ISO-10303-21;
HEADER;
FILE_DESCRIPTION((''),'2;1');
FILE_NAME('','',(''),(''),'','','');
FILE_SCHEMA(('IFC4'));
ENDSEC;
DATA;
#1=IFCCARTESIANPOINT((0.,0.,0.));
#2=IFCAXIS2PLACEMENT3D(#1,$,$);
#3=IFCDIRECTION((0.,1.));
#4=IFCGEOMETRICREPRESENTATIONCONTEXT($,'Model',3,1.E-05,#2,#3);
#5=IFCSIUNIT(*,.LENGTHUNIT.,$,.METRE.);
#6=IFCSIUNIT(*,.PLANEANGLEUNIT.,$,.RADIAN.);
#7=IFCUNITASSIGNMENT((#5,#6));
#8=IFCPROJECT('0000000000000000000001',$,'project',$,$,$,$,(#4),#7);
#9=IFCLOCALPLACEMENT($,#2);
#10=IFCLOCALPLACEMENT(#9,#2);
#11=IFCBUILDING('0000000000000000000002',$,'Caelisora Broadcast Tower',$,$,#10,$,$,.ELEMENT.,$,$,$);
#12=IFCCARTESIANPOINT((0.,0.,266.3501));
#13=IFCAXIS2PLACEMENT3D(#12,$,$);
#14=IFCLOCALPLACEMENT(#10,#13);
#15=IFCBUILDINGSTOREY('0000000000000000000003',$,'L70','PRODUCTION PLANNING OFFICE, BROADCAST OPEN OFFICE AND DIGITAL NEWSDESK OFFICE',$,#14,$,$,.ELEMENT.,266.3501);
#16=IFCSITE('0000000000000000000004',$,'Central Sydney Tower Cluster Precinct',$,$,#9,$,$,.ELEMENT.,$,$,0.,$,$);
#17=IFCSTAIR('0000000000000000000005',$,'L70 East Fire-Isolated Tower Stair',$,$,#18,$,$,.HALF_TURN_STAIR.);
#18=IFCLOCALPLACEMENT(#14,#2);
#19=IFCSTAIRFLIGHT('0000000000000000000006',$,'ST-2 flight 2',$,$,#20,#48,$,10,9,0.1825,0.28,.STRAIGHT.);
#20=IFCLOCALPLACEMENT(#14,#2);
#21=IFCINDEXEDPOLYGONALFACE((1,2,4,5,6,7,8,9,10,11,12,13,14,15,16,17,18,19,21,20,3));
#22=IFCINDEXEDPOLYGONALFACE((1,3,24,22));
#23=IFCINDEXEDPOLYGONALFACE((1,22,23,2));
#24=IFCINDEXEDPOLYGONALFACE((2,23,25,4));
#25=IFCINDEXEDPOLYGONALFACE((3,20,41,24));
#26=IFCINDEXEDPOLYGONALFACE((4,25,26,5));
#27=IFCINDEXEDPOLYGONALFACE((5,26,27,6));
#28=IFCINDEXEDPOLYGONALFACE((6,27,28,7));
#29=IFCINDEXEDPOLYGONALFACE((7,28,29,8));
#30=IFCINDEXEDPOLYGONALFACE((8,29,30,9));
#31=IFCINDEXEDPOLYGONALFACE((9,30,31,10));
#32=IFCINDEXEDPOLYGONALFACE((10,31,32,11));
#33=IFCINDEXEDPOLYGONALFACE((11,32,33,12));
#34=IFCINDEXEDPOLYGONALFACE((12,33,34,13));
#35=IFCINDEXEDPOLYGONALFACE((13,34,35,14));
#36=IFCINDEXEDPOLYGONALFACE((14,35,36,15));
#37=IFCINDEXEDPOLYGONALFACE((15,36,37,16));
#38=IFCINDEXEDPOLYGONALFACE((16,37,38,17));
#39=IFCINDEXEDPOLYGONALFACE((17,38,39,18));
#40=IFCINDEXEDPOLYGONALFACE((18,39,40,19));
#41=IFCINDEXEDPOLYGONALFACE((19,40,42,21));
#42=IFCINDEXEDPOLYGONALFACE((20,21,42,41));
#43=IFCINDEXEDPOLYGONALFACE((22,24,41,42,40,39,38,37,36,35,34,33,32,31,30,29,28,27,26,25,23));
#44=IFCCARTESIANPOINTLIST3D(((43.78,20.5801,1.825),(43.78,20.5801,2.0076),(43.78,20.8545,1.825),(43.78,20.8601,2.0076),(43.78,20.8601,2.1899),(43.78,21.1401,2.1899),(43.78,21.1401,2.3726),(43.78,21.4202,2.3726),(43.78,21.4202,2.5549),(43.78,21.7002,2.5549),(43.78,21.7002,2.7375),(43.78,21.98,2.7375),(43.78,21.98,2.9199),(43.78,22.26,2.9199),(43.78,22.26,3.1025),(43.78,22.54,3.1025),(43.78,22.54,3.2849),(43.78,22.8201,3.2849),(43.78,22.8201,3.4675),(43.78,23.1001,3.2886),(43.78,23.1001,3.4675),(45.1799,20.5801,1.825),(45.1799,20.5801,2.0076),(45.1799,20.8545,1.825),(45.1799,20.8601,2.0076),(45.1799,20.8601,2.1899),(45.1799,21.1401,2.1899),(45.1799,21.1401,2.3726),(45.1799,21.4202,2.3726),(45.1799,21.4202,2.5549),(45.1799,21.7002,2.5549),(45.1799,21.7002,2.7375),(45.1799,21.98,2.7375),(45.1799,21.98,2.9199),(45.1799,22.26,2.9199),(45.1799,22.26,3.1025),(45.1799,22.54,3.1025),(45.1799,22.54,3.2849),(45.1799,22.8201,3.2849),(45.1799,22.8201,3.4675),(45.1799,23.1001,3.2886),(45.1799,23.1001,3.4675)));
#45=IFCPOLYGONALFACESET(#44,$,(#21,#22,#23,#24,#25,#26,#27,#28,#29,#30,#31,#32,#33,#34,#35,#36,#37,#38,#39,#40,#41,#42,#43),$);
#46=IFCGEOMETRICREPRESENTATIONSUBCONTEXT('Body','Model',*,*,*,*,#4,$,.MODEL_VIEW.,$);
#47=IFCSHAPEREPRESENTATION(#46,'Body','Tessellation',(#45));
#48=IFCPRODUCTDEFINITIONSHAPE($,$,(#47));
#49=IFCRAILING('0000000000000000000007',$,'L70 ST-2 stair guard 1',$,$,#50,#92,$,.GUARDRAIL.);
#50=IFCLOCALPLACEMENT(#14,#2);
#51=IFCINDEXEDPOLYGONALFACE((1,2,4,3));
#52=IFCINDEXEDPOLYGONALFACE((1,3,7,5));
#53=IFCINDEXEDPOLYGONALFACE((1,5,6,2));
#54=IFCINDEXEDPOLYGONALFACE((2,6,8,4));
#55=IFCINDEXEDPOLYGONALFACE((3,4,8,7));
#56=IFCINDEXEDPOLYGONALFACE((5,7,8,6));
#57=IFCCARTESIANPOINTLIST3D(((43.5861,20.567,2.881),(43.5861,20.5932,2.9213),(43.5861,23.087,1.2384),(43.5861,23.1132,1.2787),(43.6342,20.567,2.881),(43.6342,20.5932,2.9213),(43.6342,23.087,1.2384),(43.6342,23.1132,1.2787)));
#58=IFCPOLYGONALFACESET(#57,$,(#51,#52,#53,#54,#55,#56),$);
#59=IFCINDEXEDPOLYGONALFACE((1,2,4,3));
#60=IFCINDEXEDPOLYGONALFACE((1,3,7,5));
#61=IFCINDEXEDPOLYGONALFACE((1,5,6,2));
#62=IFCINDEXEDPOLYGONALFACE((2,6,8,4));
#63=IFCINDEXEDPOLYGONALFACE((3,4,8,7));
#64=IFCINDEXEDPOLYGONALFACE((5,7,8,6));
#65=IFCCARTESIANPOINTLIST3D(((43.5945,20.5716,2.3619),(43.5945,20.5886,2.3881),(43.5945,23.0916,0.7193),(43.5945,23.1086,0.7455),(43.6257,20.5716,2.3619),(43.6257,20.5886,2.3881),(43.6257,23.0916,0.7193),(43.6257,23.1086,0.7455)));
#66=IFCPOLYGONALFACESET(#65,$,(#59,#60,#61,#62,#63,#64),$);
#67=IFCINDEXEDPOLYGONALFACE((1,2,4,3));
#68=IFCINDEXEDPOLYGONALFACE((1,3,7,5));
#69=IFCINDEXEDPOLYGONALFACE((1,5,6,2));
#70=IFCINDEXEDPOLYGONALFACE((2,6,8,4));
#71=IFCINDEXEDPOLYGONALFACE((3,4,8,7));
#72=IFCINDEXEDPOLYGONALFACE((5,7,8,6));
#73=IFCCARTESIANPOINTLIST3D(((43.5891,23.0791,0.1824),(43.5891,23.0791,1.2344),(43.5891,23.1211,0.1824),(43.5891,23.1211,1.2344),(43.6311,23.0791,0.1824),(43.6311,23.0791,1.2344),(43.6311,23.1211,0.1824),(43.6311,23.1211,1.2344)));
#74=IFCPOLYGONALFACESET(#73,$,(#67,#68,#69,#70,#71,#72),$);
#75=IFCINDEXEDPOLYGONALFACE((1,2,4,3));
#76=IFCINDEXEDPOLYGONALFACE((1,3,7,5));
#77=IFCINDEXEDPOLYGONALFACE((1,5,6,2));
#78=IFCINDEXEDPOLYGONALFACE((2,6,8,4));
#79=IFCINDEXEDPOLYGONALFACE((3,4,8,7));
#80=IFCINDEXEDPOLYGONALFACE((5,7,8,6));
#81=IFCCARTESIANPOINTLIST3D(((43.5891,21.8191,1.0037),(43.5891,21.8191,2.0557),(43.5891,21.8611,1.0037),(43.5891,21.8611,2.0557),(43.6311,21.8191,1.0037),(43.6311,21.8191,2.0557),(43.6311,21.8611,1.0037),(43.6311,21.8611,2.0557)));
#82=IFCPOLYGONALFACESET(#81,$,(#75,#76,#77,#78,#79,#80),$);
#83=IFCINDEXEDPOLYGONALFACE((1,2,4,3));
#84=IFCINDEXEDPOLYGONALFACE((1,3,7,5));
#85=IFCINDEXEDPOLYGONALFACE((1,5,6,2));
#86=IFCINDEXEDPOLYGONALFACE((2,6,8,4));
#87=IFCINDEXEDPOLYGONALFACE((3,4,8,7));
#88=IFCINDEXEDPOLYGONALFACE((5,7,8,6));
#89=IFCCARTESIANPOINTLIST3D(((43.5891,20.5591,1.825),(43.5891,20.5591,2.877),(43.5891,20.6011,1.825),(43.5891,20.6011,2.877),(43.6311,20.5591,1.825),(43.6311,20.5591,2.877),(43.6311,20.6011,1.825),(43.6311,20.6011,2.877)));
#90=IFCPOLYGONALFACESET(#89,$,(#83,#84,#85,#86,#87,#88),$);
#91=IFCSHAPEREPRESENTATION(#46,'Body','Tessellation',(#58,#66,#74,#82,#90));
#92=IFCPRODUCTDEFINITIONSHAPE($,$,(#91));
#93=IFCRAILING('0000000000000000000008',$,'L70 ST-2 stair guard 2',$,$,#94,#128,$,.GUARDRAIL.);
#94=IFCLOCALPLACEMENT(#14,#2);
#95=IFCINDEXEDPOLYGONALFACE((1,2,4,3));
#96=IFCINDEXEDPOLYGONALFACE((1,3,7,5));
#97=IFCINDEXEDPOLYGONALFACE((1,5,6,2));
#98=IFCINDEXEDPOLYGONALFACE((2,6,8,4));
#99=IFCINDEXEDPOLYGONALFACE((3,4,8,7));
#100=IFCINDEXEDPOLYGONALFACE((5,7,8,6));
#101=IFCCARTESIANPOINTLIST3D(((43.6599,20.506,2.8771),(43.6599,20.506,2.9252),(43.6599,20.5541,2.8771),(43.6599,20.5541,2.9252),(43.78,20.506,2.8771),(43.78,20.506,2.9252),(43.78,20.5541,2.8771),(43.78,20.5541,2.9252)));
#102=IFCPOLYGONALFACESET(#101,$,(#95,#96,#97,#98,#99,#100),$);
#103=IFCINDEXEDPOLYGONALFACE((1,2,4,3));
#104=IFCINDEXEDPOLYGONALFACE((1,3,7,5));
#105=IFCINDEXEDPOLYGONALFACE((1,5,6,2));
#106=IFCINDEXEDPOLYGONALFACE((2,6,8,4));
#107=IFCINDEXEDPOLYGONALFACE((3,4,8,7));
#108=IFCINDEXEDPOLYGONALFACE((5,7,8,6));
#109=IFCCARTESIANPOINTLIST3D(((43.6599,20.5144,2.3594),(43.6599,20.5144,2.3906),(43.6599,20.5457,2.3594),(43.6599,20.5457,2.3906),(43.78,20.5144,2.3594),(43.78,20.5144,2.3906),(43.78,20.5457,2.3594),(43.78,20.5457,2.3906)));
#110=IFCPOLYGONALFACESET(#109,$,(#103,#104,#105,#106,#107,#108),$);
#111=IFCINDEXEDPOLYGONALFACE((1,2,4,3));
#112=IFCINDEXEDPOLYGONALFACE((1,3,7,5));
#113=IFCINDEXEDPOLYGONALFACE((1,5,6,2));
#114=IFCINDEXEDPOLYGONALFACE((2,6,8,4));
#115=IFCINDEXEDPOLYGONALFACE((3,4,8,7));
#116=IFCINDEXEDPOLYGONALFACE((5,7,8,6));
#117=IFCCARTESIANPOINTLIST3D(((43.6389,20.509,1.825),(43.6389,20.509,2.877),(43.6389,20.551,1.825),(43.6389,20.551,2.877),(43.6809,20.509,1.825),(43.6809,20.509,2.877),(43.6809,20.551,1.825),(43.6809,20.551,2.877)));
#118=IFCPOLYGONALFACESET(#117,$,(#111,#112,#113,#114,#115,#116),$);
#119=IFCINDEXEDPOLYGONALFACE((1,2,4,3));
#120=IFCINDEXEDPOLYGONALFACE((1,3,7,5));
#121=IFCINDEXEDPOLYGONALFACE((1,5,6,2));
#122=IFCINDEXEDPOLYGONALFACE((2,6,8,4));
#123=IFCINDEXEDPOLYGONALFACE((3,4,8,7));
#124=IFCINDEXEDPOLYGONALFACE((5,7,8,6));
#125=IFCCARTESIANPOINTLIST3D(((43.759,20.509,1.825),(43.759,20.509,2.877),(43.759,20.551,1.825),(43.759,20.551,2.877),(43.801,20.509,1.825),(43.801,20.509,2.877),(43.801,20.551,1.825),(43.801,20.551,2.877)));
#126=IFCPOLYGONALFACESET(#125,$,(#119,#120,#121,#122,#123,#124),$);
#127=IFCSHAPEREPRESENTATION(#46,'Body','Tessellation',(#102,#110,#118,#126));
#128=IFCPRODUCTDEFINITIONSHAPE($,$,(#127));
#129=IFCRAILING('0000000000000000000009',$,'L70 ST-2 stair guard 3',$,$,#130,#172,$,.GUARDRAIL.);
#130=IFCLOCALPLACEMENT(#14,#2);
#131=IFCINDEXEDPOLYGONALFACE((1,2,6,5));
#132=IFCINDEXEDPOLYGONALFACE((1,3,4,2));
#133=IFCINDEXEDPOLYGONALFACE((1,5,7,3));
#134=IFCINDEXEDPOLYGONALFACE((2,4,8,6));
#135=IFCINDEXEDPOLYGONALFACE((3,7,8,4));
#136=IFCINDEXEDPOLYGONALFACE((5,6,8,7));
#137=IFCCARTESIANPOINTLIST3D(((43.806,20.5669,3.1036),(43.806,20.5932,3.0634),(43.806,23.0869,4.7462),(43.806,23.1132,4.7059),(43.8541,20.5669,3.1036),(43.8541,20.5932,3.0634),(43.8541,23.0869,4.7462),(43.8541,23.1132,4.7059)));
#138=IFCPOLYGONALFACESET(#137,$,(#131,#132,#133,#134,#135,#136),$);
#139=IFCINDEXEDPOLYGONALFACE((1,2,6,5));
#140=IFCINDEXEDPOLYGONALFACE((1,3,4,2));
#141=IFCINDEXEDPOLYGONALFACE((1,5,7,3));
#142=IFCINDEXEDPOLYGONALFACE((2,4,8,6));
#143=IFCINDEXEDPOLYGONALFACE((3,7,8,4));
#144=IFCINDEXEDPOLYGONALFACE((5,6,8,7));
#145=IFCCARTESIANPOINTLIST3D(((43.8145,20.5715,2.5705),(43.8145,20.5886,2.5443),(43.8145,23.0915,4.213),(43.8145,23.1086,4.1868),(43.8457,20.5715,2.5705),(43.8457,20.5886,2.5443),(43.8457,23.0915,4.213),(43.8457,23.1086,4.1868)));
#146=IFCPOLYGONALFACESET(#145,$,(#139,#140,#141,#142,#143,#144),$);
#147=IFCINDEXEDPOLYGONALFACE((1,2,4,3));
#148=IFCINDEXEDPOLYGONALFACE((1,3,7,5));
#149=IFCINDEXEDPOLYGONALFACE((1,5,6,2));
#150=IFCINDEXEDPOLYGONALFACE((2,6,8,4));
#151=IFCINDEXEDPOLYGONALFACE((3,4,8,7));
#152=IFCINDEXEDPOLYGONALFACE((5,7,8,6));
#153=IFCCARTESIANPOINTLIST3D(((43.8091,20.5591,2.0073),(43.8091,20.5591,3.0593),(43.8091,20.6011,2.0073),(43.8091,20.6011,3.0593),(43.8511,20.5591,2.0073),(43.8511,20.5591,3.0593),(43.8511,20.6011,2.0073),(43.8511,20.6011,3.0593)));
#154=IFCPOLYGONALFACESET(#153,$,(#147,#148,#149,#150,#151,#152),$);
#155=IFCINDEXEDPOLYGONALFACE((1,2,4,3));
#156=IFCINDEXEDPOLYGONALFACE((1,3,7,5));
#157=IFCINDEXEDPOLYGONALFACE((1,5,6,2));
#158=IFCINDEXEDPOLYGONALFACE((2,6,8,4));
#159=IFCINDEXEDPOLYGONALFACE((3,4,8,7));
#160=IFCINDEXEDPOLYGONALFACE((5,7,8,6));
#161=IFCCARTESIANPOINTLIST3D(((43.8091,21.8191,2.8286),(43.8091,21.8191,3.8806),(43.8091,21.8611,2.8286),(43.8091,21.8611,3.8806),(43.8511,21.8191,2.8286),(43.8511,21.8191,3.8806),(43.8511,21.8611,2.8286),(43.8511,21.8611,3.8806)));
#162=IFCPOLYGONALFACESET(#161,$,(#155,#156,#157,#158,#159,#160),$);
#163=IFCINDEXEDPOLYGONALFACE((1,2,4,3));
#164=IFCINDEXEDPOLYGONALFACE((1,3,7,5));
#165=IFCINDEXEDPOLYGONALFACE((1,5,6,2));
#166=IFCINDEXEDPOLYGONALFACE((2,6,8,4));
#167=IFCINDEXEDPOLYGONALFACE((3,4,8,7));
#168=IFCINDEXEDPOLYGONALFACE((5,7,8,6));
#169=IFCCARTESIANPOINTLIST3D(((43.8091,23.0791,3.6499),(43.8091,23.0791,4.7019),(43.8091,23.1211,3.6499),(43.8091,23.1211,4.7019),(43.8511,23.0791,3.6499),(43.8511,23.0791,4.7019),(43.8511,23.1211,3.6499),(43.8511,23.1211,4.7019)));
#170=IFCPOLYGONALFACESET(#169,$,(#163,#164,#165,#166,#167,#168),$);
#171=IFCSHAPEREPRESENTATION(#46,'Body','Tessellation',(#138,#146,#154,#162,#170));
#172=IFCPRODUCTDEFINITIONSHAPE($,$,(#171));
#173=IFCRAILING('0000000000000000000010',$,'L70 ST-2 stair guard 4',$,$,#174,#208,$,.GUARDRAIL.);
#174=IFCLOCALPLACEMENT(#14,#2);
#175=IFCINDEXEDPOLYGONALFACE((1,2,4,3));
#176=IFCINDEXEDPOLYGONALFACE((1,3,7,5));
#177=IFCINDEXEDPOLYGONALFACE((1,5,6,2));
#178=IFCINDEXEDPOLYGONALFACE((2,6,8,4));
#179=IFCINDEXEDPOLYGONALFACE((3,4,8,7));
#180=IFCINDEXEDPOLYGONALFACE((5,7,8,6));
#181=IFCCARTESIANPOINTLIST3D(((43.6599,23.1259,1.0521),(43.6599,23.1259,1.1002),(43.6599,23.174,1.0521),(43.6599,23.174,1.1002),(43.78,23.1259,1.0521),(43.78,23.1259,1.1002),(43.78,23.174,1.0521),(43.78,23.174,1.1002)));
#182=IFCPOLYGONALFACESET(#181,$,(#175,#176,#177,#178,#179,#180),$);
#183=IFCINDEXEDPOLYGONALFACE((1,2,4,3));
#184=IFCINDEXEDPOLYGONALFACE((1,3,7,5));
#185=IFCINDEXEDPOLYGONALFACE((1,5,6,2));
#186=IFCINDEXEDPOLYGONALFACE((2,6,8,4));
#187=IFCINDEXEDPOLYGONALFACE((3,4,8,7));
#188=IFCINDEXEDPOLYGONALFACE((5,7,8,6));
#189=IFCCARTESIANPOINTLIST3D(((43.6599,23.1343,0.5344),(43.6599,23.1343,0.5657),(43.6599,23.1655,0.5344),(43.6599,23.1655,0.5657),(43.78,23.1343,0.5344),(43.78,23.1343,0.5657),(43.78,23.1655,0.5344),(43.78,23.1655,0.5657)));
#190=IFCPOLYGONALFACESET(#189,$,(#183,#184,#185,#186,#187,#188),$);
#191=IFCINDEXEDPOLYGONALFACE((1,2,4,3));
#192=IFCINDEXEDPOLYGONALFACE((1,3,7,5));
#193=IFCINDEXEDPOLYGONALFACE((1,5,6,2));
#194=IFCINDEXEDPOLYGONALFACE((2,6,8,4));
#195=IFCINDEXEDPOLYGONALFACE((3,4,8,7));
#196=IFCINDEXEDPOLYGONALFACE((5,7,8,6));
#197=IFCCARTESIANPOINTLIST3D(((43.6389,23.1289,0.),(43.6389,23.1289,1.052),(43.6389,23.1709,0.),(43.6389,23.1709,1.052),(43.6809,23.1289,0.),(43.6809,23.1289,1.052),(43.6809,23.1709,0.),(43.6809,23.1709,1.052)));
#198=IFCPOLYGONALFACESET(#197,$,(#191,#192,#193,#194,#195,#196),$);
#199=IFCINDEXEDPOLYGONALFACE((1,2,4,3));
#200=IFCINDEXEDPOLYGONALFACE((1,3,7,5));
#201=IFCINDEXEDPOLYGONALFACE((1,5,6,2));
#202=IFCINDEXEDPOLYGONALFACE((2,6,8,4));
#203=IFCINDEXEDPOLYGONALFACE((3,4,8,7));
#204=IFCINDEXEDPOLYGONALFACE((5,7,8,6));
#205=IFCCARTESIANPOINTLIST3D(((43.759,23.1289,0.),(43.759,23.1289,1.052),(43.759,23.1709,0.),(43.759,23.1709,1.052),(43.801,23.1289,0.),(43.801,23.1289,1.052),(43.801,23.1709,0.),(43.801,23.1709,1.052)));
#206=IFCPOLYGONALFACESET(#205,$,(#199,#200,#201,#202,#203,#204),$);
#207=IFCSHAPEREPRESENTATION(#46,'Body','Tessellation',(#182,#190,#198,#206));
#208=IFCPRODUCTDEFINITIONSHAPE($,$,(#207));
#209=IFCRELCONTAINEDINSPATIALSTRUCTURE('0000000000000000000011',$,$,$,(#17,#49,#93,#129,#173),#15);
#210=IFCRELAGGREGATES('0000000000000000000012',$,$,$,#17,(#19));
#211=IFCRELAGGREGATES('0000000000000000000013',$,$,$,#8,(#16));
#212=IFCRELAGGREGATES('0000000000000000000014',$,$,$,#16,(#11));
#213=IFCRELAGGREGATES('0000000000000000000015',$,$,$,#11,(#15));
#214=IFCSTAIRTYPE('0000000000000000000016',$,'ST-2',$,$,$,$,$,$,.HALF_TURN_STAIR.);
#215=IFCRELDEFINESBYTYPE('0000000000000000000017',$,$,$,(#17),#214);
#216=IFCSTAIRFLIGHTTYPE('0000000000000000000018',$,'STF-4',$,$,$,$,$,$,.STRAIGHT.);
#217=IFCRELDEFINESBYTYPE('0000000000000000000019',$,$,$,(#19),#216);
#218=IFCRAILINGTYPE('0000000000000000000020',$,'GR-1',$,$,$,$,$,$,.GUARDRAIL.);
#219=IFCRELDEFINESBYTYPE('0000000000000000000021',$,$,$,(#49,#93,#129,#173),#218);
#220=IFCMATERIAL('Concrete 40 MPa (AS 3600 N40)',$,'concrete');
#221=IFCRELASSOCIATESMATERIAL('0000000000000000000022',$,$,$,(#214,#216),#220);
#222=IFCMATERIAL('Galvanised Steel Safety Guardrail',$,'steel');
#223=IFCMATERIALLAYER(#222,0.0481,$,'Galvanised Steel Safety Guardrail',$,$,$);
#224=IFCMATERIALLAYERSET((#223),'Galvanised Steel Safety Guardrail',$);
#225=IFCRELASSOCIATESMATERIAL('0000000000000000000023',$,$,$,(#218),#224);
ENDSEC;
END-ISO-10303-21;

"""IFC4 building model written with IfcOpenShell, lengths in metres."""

from ifc_helpers import new_model, si_unit, direction, frame, origin, origin_2d, place, context, subcontext, project, spatial, polyline, rectangle, outline, extrude, material, layer, layer_set, type_object, element, aggregate, save


model = new_model("IFC4")

# Units and contexts
model_context = context("Model", 3, precision=1e-05, world=origin(), true_north=direction((0.0, 1.0)))
body_context = subcontext(model_context, "Body", "Model", "MODEL_VIEW")
ifc_project = project(units=[si_unit("LENGTHUNIT", "METRE"), si_unit("PLANEANGLEUNIT", "RADIAN")], contexts=[model_context])

# Site, building, storey
site_placement = place(None, origin())
site = spatial("IfcSite", under=ifc_project, at=site_placement, Name="Central Sydney Tower Cluster Precinct", CompositionType="ELEMENT", RefElevation=0.0)
building_placement = place(site_placement, origin())
building = spatial("IfcBuilding", under=site, at=building_placement, Name="Caelisora Broadcast Tower", CompositionType="ELEMENT")
storey_placement = place(building_placement, frame((0.0, 0.0, 266.3501)))
storey = spatial("IfcBuildingStorey", under=building, at=storey_placement, Name="L70", Description="PRODUCTION PLANNING OFFICE, BROADCAST OPEN OFFICE AND DIGITAL NEWSDESK OFFICE", CompositionType="ELEMENT", Elevation=266.3501)

# Shared definitions
ifc_material_1 = material(Name="Concrete 40 MPa (AS 3600 N40)", Category="concrete")

# Stair, stair flight
stair_type = type_object("IfcStairType", Name="ST-2", PredefinedType="HALF_TURN_STAIR", material=ifc_material_1)
stair_placement = place(storey_placement, origin())
stair = element("IfcStair", 1, at=stair_placement, inside=storey, type_object=stair_type, Name="L70 East Fire-Isolated Tower Stair", PredefinedType="HALF_TURN_STAIR")
stair_flight_type = type_object("IfcStairFlightType", Name="STF-4", PredefinedType="STRAIGHT", material=ifc_material_1)
stair_flight_1_placement = place(storey_placement, frame((44.48, 20.5801, 1.825), z_axis=(0.0, 0.0, 1.0), x_axis=(0.0, 1.0, 0.0)))
stair_flight_1 = element("IfcStairFlight", 2, at=stair_flight_1_placement, type_object=stair_flight_type, Name="ST-2 flight 2", NumberOfRisers=10, NumberOfTreads=9, PredefinedType="STRAIGHT", RiserHeight=0.1825, TreadLength=0.28, context=body_context, shape_type="SweptSolid", body=[
    extrude(outline(polyline([(0.0, 0.0), (0.0, 0.1826), (0.28, 0.1826), (0.28, 0.365), (0.5601, 0.365), (0.5601, 0.5476), (0.8401, 0.5476), (0.8401, 0.73), (1.1201, 0.73), (1.1201, 0.9126), (1.3999, 0.9126), (1.3999, 1.095), (1.6799, 1.095), (1.6799, 1.2776), (1.96, 1.2776), (1.96, 1.46), (2.24, 1.46), (2.24, 1.6426), (2.52, 1.6426), (2.52, 1.825), (2.52, 1.4636), (0.2744, 0.0), (0.0, 0.0)])), frame((0.0, 0.7, 0.0), z_axis=(0.0, -1.0, 0.0), x_axis=(1.0, 0.0, 0.0)), (0.0, 0.0, 1.0), 1.3999),
])
aggregate(stair, [stair_flight_1])

# Railings
ifc_material_2 = material(Name="Galvanised Steel Safety Guardrail", Category="steel")
ifc_layer_1 = layer(ifc_material_2, 0.0481, Name="Galvanised Steel Safety Guardrail")
ifc_layer_set_1 = layer_set([ifc_layer_1], Name="Galvanised Steel Safety Guardrail")
railing_type_1 = type_object("IfcRailingType", Name="GR-1", PredefinedType="GUARDRAIL", material=ifc_layer_set_1)
railing_1_placement = place(storey_placement, frame((43.6101, 23.1001, 0.1824)))
element("IfcRailing", 3, at=railing_1_placement, inside=storey, type_object=railing_type_1, Name="L70 ST-2 stair guard 1", PredefinedType="GUARDRAIL", context=body_context, shape_type="SweptSolid", body=[
    extrude(rectangle(XDim=0.0481, YDim=0.0481, at=origin_2d()), frame((0.0, 0.0, 1.0762), z_axis=(0.0, -0.837749, 0.546055), x_axis=(1.0, 0.0, 0.0)), (0.0, 0.0, 1.0), 3.0081),
    extrude(rectangle(XDim=0.0312, YDim=0.0312, at=origin_2d()), frame((0.0, 0.0, 0.55), z_axis=(0.0, -0.837749, 0.546055), x_axis=(1.0, 0.0, 0.0)), (0.0, 0.0, 1.0), 3.0081),
    extrude(rectangle(XDim=0.042, YDim=0.042, at=origin_2d()), origin(), (0.0, 0.0, 1.0), 1.052),
    extrude(rectangle(XDim=0.042, YDim=0.042, at=origin_2d()), frame((0.0, -1.26, 0.8213)), (0.0, 0.0, 1.0), 1.052),
    extrude(rectangle(XDim=0.042, YDim=0.042, at=origin_2d()), frame((0.0, -2.52, 1.6426)), (0.0, 0.0, 1.0), 1.052),
])
railing_2_placement = place(storey_placement, frame((43.6599, 20.53, 1.825)))
element("IfcRailing", 4, at=railing_2_placement, inside=storey, type_object=railing_type_1, Name="L70 ST-2 stair guard 2", PredefinedType="GUARDRAIL", context=body_context, shape_type="SweptSolid", body=[
    extrude(rectangle(XDim=0.0481, YDim=0.0481, at=origin_2d()), frame((0.0, 0.0, 1.0762), z_axis=(1.0, 0.0, 0.0), x_axis=(0.0, 1.0, 0.0)), (0.0, 0.0, 1.0), 0.1201),
    extrude(rectangle(XDim=0.0312, YDim=0.0312, at=origin_2d()), frame((0.0, 0.0, 0.55), z_axis=(1.0, 0.0, 0.0), x_axis=(0.0, 1.0, 0.0)), (0.0, 0.0, 1.0), 0.1201),
    extrude(rectangle(XDim=0.042, YDim=0.042, at=origin_2d()), origin(), (0.0, 0.0, 1.0), 1.052),
    extrude(rectangle(XDim=0.042, YDim=0.042, at=origin_2d()), frame((0.1201, 0.0, 0.0)), (0.0, 0.0, 1.0), 1.052),
])
railing_3_placement = place(storey_placement, frame((43.8301, 20.5801, 2.0073)))
element("IfcRailing", 5, at=railing_3_placement, inside=storey, type_object=railing_type_1, Name="L70 ST-2 stair guard 3", PredefinedType="GUARDRAIL", context=body_context, shape_type="SweptSolid", body=[
    extrude(rectangle(XDim=0.0481, YDim=0.0481, at=origin_2d()), frame((0.0, 0.0, 1.0762), z_axis=(0.0, 0.837749, 0.546055), x_axis=(-1.0, 0.0, 0.0)), (0.0, 0.0, 1.0), 3.0081),
    extrude(rectangle(XDim=0.0312, YDim=0.0312, at=origin_2d()), frame((0.0, 0.0, 0.55), z_axis=(0.0, 0.837749, 0.546055), x_axis=(-1.0, 0.0, 0.0)), (0.0, 0.0, 1.0), 3.0081),
    extrude(rectangle(XDim=0.042, YDim=0.042, at=origin_2d()), origin(), (0.0, 0.0, 1.0), 1.052),
    extrude(rectangle(XDim=0.042, YDim=0.042, at=origin_2d()), frame((0.0, 1.26, 0.8213)), (0.0, 0.0, 1.0), 1.052),
    extrude(rectangle(XDim=0.042, YDim=0.042, at=origin_2d()), frame((0.0, 2.52, 1.6426)), (0.0, 0.0, 1.0), 1.052),
])
railing_4_placement = place(storey_placement, frame((43.6599, 23.1499, 0.0)))
element("IfcRailing", 6, at=railing_4_placement, inside=storey, type_object=railing_type_1, Name="L70 ST-2 stair guard 4", PredefinedType="GUARDRAIL", context=body_context, shape_type="SweptSolid", body=[
    extrude(rectangle(XDim=0.0481, YDim=0.0481, at=origin_2d()), frame((0.0, 0.0, 1.0762), z_axis=(1.0, 0.0, 0.0), x_axis=(0.0, 1.0, 0.0)), (0.0, 0.0, 1.0), 0.1201),
    extrude(rectangle(XDim=0.0312, YDim=0.0312, at=origin_2d()), frame((0.0, 0.0, 0.55), z_axis=(1.0, 0.0, 0.0), x_axis=(0.0, 1.0, 0.0)), (0.0, 0.0, 1.0), 0.1201),
    extrude(rectangle(XDim=0.042, YDim=0.042, at=origin_2d()), origin(), (0.0, 0.0, 1.0), 1.052),
    extrude(rectangle(XDim=0.042, YDim=0.042, at=origin_2d()), frame((0.1201, 0.0, 0.0)), (0.0, 0.0, 1.0), 1.052),
])

save(model, "model.ifc")
